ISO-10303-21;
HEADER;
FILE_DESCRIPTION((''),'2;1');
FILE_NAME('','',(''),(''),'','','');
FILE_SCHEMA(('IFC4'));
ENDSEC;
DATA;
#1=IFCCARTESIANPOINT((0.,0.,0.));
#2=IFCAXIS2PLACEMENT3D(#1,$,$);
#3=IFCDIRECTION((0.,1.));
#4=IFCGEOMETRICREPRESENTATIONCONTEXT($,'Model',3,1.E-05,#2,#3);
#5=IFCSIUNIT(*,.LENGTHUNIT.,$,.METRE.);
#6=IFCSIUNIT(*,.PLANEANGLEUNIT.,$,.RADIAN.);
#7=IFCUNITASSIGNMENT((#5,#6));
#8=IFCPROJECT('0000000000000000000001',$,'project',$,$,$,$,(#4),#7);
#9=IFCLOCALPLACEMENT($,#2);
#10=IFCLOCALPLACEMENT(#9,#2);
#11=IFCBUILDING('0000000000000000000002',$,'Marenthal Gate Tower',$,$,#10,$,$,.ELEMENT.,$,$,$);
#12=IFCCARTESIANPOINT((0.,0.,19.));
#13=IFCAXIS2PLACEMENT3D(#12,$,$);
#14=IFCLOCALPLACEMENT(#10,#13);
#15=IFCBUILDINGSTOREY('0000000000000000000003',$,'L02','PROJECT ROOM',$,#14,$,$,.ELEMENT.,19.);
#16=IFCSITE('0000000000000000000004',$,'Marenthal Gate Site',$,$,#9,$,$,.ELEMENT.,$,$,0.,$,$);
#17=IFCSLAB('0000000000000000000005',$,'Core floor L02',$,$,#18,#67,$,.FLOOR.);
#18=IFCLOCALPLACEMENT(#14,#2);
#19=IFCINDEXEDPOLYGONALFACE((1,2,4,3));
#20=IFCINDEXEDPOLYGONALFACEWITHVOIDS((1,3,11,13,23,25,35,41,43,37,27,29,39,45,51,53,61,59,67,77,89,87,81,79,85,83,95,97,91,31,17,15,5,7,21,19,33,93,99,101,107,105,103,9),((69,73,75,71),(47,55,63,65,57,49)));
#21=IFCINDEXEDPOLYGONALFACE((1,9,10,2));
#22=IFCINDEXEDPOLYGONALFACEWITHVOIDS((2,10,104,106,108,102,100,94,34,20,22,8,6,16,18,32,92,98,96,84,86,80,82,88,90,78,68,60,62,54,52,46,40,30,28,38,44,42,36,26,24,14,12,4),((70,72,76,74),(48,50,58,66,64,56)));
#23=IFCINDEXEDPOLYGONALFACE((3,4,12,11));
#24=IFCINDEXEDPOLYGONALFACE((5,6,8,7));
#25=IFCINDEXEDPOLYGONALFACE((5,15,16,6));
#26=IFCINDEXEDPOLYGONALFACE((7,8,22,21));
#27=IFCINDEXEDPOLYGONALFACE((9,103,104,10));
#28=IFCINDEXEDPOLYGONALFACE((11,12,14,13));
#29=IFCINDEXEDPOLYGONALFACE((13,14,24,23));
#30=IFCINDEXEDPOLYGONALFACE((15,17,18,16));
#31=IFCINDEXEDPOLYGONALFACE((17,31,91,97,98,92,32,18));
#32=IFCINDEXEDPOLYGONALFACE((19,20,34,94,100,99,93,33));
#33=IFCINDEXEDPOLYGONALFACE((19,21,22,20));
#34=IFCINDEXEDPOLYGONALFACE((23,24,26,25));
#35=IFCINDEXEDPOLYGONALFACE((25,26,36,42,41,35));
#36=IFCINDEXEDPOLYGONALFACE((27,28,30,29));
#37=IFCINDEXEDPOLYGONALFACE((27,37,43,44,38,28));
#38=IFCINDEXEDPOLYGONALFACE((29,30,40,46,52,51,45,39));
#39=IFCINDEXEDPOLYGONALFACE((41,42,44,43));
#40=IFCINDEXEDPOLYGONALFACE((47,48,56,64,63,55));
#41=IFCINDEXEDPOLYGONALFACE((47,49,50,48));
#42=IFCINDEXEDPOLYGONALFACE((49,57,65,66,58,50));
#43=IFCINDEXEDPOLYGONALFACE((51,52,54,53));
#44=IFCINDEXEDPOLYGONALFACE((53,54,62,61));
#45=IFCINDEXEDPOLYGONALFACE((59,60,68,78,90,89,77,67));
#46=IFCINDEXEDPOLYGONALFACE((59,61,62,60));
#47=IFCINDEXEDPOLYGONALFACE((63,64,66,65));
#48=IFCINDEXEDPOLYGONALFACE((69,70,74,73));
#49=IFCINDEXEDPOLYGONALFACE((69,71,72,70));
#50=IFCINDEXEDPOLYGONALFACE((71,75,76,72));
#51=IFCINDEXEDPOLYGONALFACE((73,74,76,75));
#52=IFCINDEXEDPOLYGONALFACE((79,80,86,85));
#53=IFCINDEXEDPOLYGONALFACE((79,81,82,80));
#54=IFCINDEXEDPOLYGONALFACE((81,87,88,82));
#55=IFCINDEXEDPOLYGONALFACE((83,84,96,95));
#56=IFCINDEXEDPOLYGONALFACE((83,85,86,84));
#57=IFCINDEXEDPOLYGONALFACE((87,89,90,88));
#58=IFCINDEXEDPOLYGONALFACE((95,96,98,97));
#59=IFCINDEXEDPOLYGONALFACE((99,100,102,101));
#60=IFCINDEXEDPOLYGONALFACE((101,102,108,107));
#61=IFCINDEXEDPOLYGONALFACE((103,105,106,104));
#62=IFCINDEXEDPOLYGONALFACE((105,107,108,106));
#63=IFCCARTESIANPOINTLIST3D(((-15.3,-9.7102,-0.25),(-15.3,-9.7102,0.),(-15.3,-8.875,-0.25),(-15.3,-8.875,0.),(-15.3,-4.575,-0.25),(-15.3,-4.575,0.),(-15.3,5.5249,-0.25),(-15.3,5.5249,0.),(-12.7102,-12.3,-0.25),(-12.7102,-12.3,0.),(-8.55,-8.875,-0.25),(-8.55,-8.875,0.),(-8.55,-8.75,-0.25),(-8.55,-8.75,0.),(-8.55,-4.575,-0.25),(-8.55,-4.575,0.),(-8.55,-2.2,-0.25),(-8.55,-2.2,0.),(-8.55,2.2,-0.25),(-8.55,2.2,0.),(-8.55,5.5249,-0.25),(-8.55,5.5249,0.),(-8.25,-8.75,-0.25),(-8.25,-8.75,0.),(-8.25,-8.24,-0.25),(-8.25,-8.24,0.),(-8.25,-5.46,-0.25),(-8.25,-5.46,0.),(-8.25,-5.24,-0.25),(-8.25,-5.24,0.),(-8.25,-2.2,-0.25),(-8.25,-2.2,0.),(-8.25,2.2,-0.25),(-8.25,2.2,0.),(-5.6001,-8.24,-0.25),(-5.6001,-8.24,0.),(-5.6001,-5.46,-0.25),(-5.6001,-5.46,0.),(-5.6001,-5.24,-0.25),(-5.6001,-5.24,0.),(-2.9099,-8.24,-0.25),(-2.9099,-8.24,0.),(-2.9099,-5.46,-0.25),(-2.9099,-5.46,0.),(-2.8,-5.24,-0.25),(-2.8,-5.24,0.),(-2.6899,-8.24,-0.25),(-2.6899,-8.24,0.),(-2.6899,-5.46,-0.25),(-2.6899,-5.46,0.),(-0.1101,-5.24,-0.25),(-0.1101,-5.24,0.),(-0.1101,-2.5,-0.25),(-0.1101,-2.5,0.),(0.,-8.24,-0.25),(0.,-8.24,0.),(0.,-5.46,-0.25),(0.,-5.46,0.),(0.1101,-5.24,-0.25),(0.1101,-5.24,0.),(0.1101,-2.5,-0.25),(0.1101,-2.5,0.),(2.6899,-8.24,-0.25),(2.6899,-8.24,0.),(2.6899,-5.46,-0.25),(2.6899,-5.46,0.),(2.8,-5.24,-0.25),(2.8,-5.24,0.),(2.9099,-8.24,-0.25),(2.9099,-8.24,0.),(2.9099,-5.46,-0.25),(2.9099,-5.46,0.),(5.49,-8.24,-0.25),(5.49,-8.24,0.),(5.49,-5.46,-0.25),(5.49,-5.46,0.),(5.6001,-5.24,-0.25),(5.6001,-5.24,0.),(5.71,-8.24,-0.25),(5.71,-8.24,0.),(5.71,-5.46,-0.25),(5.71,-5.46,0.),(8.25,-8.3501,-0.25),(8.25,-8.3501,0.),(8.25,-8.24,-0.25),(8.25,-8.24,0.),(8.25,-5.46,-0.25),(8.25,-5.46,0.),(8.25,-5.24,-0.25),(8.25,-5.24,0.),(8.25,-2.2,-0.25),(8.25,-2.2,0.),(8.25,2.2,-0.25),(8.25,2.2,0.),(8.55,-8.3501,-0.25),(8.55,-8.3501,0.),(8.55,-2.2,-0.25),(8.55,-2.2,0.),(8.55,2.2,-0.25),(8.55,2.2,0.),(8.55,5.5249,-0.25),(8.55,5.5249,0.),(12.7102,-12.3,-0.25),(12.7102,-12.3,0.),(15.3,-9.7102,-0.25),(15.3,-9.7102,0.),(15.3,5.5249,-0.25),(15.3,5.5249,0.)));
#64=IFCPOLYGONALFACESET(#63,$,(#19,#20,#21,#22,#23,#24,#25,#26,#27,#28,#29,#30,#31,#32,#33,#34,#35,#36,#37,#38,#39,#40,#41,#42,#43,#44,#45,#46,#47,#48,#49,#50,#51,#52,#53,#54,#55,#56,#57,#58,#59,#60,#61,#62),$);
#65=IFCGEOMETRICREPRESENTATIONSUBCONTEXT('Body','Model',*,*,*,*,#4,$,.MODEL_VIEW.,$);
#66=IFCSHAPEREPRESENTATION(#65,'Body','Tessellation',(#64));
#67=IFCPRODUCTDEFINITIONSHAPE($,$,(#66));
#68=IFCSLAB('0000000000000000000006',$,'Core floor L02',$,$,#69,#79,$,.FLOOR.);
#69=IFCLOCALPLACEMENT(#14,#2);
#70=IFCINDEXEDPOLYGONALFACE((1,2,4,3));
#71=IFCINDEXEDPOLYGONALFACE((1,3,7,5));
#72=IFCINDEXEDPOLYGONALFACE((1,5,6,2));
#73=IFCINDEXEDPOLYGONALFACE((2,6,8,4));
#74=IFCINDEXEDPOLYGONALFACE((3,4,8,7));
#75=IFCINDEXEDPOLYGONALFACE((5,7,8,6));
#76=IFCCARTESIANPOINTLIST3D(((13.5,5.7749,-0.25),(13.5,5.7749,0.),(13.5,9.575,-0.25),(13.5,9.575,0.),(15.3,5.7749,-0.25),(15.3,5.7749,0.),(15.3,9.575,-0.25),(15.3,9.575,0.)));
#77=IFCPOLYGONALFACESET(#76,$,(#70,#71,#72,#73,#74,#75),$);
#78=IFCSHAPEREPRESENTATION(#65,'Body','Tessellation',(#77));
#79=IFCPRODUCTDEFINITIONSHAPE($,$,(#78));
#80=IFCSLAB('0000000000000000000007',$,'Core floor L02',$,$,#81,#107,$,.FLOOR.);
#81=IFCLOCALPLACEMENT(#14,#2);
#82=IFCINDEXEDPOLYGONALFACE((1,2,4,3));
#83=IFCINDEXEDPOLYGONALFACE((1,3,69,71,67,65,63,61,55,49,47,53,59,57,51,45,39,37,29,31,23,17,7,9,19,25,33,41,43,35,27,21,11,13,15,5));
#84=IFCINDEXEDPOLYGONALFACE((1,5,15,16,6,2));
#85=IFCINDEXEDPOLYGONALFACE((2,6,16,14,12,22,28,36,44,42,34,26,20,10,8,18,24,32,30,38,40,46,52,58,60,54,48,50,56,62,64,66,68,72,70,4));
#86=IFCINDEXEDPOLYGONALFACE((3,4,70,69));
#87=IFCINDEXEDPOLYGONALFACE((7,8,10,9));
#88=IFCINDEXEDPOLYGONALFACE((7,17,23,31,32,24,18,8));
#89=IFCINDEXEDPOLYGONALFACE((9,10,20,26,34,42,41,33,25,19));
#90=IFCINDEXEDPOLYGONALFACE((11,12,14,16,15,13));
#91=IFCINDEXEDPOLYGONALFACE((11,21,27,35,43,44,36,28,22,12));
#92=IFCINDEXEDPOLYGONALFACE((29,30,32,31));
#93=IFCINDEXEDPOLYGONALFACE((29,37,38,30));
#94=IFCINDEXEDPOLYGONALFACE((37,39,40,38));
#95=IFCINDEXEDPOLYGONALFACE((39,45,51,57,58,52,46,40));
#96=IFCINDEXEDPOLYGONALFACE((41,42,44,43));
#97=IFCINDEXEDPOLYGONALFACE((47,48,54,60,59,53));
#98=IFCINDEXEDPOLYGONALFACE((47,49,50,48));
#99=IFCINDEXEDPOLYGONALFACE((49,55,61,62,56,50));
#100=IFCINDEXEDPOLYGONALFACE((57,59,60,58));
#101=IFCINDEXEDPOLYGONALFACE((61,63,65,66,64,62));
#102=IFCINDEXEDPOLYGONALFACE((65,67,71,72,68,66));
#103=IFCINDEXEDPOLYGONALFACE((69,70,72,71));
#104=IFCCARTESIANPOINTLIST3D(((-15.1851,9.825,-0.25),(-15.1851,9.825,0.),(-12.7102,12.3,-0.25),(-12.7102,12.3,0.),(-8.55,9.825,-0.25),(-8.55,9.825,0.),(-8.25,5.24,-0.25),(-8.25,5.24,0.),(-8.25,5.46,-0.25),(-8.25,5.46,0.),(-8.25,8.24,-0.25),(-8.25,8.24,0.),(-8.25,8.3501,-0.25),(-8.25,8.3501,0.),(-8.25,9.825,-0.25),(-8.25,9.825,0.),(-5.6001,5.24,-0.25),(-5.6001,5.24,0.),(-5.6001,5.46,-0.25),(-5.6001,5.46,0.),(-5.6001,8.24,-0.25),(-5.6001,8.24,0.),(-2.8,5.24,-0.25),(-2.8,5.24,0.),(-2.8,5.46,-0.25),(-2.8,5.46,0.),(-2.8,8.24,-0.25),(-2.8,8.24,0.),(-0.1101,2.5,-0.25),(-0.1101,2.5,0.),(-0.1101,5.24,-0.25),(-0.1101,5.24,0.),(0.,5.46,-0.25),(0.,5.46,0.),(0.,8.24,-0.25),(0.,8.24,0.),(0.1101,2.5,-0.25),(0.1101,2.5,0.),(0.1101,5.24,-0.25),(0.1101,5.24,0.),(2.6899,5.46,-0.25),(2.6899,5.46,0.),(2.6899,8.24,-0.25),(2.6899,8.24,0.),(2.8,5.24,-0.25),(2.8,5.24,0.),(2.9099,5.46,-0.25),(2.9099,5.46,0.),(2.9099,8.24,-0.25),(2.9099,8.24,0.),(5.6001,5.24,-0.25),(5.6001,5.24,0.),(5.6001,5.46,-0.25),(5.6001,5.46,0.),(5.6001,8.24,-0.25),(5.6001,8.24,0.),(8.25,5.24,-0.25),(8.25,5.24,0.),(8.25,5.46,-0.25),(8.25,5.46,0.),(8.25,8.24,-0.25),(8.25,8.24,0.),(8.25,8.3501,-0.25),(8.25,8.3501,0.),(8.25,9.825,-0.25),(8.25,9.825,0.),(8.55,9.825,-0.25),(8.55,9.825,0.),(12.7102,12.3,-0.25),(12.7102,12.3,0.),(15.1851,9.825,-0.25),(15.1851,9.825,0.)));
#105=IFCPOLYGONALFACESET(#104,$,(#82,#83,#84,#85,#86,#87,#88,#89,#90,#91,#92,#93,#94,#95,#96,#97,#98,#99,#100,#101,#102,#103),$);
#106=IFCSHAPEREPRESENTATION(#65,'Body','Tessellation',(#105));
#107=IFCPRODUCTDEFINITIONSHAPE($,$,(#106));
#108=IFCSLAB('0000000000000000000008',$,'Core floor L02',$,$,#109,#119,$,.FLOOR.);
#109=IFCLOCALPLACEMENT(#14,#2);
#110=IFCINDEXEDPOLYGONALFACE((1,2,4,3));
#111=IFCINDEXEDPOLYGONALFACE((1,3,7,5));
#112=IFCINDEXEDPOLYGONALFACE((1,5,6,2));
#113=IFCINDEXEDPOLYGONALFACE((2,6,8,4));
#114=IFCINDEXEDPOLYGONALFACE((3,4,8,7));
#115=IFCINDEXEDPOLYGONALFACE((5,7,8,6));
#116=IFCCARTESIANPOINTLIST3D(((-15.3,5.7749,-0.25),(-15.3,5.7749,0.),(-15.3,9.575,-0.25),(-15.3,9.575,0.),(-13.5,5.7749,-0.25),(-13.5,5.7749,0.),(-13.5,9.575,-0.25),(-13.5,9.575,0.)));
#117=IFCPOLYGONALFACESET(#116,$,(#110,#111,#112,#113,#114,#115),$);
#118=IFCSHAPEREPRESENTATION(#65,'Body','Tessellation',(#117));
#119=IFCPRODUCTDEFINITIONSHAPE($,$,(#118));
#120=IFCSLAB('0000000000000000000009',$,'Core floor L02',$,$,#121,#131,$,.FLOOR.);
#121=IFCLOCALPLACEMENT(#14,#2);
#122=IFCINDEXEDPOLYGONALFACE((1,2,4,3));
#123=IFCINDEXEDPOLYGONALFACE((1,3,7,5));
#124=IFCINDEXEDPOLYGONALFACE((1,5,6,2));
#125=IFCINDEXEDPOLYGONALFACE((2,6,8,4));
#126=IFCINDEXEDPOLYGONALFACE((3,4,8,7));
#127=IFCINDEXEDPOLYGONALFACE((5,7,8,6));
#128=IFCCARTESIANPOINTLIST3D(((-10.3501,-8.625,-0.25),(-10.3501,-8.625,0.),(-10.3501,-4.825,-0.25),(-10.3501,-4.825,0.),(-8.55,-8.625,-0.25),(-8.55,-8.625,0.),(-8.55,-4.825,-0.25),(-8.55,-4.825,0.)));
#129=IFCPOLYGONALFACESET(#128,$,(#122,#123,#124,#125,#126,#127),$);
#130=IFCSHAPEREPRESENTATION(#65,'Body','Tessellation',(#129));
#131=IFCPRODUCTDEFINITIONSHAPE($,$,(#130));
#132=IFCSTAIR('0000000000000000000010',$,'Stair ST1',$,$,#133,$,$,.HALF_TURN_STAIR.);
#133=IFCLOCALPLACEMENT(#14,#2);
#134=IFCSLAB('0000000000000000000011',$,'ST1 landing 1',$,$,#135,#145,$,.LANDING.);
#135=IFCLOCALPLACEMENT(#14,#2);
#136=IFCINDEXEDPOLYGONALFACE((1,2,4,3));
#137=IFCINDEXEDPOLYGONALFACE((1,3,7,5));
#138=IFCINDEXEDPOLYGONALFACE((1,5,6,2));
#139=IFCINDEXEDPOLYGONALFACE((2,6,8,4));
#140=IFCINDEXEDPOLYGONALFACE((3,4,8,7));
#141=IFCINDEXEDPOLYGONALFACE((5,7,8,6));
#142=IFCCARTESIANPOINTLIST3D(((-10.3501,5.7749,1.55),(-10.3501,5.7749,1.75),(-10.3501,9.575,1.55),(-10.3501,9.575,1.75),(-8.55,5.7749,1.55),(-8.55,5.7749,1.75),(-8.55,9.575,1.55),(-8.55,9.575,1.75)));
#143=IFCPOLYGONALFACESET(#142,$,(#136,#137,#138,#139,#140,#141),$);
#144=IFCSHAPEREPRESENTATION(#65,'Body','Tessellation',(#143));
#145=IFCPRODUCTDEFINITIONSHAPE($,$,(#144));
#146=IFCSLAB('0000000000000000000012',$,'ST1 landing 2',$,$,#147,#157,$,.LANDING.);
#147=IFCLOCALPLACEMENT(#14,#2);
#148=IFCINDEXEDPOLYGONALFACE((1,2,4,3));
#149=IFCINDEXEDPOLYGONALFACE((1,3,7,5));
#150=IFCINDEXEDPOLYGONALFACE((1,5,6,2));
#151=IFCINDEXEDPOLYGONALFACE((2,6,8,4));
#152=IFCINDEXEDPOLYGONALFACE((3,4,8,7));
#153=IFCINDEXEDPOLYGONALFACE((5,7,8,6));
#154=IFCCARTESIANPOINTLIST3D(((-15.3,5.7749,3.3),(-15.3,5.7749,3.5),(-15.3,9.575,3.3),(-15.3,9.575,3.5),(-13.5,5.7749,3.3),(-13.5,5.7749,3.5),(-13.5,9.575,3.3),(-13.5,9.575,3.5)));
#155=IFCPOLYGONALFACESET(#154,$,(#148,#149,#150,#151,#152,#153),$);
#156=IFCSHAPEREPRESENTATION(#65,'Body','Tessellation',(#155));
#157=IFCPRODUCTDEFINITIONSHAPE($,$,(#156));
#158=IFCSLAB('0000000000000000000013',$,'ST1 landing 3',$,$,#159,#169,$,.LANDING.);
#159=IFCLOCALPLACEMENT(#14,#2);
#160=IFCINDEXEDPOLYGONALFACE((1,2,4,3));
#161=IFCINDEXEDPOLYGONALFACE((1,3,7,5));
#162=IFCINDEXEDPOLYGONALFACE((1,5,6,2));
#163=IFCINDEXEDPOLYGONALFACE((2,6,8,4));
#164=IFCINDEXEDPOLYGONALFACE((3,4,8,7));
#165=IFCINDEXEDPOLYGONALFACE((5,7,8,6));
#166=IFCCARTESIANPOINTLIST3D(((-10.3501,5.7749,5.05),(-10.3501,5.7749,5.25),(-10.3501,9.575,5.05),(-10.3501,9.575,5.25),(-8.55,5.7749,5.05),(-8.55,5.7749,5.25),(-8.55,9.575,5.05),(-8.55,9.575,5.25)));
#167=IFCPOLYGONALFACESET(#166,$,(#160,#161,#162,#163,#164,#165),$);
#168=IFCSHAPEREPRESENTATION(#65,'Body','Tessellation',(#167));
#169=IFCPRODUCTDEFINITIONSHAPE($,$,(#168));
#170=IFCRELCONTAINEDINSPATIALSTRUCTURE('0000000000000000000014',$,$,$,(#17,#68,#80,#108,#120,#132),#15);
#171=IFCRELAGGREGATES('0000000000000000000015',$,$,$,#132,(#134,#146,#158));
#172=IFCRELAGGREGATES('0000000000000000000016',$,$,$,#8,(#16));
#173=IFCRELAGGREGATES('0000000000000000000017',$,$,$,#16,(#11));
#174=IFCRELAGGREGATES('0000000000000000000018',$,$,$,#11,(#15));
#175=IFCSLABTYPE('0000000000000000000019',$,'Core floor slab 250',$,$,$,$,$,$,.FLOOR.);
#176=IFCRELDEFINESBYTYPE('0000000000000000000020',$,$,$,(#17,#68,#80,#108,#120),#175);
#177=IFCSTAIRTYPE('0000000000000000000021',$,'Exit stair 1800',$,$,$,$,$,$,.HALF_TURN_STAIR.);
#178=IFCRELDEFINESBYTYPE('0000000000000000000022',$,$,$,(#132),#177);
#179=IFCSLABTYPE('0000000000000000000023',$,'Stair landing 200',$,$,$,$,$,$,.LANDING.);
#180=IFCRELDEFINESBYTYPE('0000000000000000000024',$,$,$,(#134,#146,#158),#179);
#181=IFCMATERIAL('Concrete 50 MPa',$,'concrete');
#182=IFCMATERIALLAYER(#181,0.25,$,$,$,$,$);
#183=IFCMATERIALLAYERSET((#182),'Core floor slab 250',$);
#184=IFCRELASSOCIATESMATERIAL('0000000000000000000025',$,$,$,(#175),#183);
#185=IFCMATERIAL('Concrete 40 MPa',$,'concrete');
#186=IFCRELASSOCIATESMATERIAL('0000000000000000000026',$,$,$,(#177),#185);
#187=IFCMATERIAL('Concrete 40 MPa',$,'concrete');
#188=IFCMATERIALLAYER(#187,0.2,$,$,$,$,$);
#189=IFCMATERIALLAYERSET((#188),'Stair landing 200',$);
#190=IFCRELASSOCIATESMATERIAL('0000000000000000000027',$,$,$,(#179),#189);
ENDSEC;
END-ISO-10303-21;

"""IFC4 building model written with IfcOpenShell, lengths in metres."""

from ifc_helpers import new_model, si_unit, direction, frame, origin, place, context, subcontext, project, spatial, polyline, outline, extrude, material, layer, layer_set, type_object, element, aggregate, save


model = new_model("IFC4")

# Units and contexts
model_context = context("Model", 3, precision=1e-05, world=origin(), true_north=direction((0.0, 1.0)))
body_context = subcontext(model_context, "Body", "Model", "MODEL_VIEW")
ifc_project = project(units=[si_unit("LENGTHUNIT", "METRE"), si_unit("PLANEANGLEUNIT", "RADIAN")], contexts=[model_context])

# Site, building, storey
site_placement = place(None, origin())
site = spatial("IfcSite", under=ifc_project, at=site_placement, Name="Marenthal Gate Site", CompositionType="ELEMENT", RefElevation=0.0)
building_placement = place(site_placement, origin())
building = spatial("IfcBuilding", under=site, at=building_placement, Name="Marenthal Gate Tower", CompositionType="ELEMENT")
storey_placement = place(building_placement, frame((0.0, 0.0, 19.0)))
storey = spatial("IfcBuildingStorey", under=building, at=storey_placement, Name="L02", Description="PROJECT ROOM", CompositionType="ELEMENT", Elevation=19.0)

# Slabs
ifc_material_1 = material(Name="Concrete 50 MPa", Category="concrete")
ifc_layer_1 = layer(ifc_material_1, 0.25)
ifc_layer_set_1 = layer_set([ifc_layer_1], Name="Core floor slab 250")
slab_type_1 = type_object("IfcSlabType", Name="Core floor slab 250", PredefinedType="FLOOR", material=ifc_layer_set_1)
slab_1_placement = place(storey_placement, frame((0.0, 0.0, -0.25)))
element("IfcSlab", 1, at=slab_1_placement, inside=storey, type_object=slab_type_1, Name="Core floor L02", PredefinedType="FLOOR", context=body_context, shape_type="SweptSolid", body=[
    extrude(outline(polyline([(15.3, -9.7102), (12.7102, -12.3), (-12.7102, -12.3), (-15.3, -9.7102), (-15.3, -8.875), (-8.55, -8.875), (-8.55, -8.75), (-8.25, -8.75), (-8.25, -8.24), (-5.6001, -8.24), (-2.9099, -8.24), (-2.9099, -5.46), (-5.6001, -5.46), (-8.25, -5.46), (-8.25, -5.24), (-5.6001, -5.24), (-2.8, -5.24), (-0.1101, -5.24), (-0.1101, -2.5), (0.1101, -2.5), (0.1101, -5.24), (2.8, -5.24), (5.6001, -5.24), (8.25, -5.24), (8.25, -5.46), (5.71, -5.46), (5.71, -8.24), (8.25, -8.24), (8.25, -8.3501), (8.55, -8.3501), (8.55, -2.2), (8.25, -2.2), (-8.25, -2.2), (-8.55, -2.2), (-8.55, -4.575), (-15.3, -4.575), (-15.3, 5.5249), (-8.55, 5.5249), (-8.55, 2.2), (-8.25, 2.2), (8.25, 2.2), (8.55, 2.2), (8.55, 5.5249), (15.3, 5.5249), (15.3, -9.7102)]), holes=[polyline([(2.9099, -8.24), (5.49, -8.24), (5.49, -5.46), (2.9099, -5.46), (2.9099, -8.24)]), polyline([(-2.6899, -5.46), (-2.6899, -8.24), (0.0, -8.24), (2.6899, -8.24), (2.6899, -5.46), (0.0, -5.46), (-2.6899, -5.46)])]), origin(), (0.0, 0.0, 1.0), 0.25),
])
slab_2_placement = place(storey_placement, frame((0.0, 0.0, -0.25)))
element("IfcSlab", 2, at=slab_2_placement, inside=storey, type_object=slab_type_1, Name="Core floor L02", PredefinedType="FLOOR", context=body_context, shape_type="SweptSolid", body=[
    extrude(outline(polyline([(15.3, 5.7749), (13.5, 5.7749), (13.5, 9.575), (15.3, 9.575), (15.3, 5.7749)])), origin(), (0.0, 0.0, 1.0), 0.25),
])
slab_3_placement = place(storey_placement, frame((0.0, 0.0, -0.25)))
element("IfcSlab", 3, at=slab_3_placement, inside=storey, type_object=slab_type_1, Name="Core floor L02", PredefinedType="FLOOR", context=body_context, shape_type="SweptSolid", body=[
    extrude(outline(polyline([(12.7102, 12.3), (15.1851, 9.825), (8.55, 9.825), (8.25, 9.825), (8.25, 8.3501), (8.25, 8.24), (5.6001, 8.24), (2.9099, 8.24), (2.9099, 5.46), (5.6001, 5.46), (8.25, 5.46), (8.25, 5.24), (5.6001, 5.24), (2.8, 5.24), (0.1101, 5.24), (0.1101, 2.5), (-0.1101, 2.5), (-0.1101, 5.24), (-2.8, 5.24), (-5.6001, 5.24), (-8.25, 5.24), (-8.25, 5.46), (-5.6001, 5.46), (-2.8, 5.46), (0.0, 5.46), (2.6899, 5.46), (2.6899, 8.24), (0.0, 8.24), (-2.8, 8.24), (-5.6001, 8.24), (-8.25, 8.24), (-8.25, 8.3501), (-8.25, 9.825), (-8.55, 9.825), (-15.1851, 9.825), (-12.7102, 12.3), (12.7102, 12.3)])), origin(), (0.0, 0.0, 1.0), 0.25),
])
slab_4_placement = place(storey_placement, frame((0.0, 0.0, -0.25)))
element("IfcSlab", 4, at=slab_4_placement, inside=storey, type_object=slab_type_1, Name="Core floor L02", PredefinedType="FLOOR", context=body_context, shape_type="SweptSolid", body=[
    extrude(outline(polyline([(-15.3, 9.575), (-13.5, 9.575), (-13.5, 5.7749), (-15.3, 5.7749), (-15.3, 9.575)])), origin(), (0.0, 0.0, 1.0), 0.25),
])
slab_5_placement = place(storey_placement, frame((0.0, 0.0, -0.25)))
element("IfcSlab", 5, at=slab_5_placement, inside=storey, type_object=slab_type_1, Name="Core floor L02", PredefinedType="FLOOR", context=body_context, shape_type="SweptSolid", body=[
    extrude(outline(polyline([(-10.3501, -8.625), (-10.3501, -4.825), (-8.55, -4.825), (-8.55, -8.625), (-10.3501, -8.625)])), origin(), (0.0, 0.0, 1.0), 0.25),
])

# Stair, slabs
ifc_material_2 = material(Name="Concrete 40 MPa", Category="concrete")
stair_type_1 = type_object("IfcStairType", Name="Exit stair 1800", PredefinedType="HALF_TURN_STAIR", material=ifc_material_2)
stair_1_placement = place(storey_placement, origin())
stair_1 = element("IfcStair", 6, at=stair_1_placement, inside=storey, type_object=stair_type_1, Name="Stair ST1", PredefinedType="HALF_TURN_STAIR")
ifc_material_3 = material(Name="Concrete 40 MPa", Category="concrete")
ifc_layer_2 = layer(ifc_material_3, 0.2)
ifc_layer_set_2 = layer_set([ifc_layer_2], Name="Stair landing 200")
slab_type_2 = type_object("IfcSlabType", Name="Stair landing 200", PredefinedType="LANDING", material=ifc_layer_set_2)
slab_6_placement = place(storey_placement, frame((0.0, 0.0, 1.55)))
slab_6 = element("IfcSlab", 7, at=slab_6_placement, type_object=slab_type_2, Name="ST1 landing 1", PredefinedType="LANDING", context=body_context, shape_type="SweptSolid", body=[
    extrude(outline(polyline([(-10.3501, 5.7749), (-8.55, 5.7749), (-8.55, 9.575), (-10.3501, 9.575), (-10.3501, 5.7749)])), origin(), (0.0, 0.0, 1.0), 0.2),
])
slab_7_placement = place(storey_placement, frame((0.0, 0.0, 3.3)))
slab_7 = element("IfcSlab", 8, at=slab_7_placement, type_object=slab_type_2, Name="ST1 landing 2", PredefinedType="LANDING", context=body_context, shape_type="SweptSolid", body=[
    extrude(outline(polyline([(-15.3, 5.7749), (-13.5, 5.7749), (-13.5, 9.575), (-15.3, 9.575), (-15.3, 5.7749)])), origin(), (0.0, 0.0, 1.0), 0.2),
])
slab_8_placement = place(storey_placement, frame((0.0, 0.0, 5.05)))
slab_8 = element("IfcSlab", 9, at=slab_8_placement, type_object=slab_type_2, Name="ST1 landing 3", PredefinedType="LANDING", context=body_context, shape_type="SweptSolid", body=[
    extrude(outline(polyline([(-10.3501, 5.7749), (-8.55, 5.7749), (-8.55, 9.575), (-10.3501, 9.575), (-10.3501, 5.7749)])), origin(), (0.0, 0.0, 1.0), 0.2),
])
aggregate(stair_1, [slab_6, slab_7, slab_8])

save(model, "model.ifc")
